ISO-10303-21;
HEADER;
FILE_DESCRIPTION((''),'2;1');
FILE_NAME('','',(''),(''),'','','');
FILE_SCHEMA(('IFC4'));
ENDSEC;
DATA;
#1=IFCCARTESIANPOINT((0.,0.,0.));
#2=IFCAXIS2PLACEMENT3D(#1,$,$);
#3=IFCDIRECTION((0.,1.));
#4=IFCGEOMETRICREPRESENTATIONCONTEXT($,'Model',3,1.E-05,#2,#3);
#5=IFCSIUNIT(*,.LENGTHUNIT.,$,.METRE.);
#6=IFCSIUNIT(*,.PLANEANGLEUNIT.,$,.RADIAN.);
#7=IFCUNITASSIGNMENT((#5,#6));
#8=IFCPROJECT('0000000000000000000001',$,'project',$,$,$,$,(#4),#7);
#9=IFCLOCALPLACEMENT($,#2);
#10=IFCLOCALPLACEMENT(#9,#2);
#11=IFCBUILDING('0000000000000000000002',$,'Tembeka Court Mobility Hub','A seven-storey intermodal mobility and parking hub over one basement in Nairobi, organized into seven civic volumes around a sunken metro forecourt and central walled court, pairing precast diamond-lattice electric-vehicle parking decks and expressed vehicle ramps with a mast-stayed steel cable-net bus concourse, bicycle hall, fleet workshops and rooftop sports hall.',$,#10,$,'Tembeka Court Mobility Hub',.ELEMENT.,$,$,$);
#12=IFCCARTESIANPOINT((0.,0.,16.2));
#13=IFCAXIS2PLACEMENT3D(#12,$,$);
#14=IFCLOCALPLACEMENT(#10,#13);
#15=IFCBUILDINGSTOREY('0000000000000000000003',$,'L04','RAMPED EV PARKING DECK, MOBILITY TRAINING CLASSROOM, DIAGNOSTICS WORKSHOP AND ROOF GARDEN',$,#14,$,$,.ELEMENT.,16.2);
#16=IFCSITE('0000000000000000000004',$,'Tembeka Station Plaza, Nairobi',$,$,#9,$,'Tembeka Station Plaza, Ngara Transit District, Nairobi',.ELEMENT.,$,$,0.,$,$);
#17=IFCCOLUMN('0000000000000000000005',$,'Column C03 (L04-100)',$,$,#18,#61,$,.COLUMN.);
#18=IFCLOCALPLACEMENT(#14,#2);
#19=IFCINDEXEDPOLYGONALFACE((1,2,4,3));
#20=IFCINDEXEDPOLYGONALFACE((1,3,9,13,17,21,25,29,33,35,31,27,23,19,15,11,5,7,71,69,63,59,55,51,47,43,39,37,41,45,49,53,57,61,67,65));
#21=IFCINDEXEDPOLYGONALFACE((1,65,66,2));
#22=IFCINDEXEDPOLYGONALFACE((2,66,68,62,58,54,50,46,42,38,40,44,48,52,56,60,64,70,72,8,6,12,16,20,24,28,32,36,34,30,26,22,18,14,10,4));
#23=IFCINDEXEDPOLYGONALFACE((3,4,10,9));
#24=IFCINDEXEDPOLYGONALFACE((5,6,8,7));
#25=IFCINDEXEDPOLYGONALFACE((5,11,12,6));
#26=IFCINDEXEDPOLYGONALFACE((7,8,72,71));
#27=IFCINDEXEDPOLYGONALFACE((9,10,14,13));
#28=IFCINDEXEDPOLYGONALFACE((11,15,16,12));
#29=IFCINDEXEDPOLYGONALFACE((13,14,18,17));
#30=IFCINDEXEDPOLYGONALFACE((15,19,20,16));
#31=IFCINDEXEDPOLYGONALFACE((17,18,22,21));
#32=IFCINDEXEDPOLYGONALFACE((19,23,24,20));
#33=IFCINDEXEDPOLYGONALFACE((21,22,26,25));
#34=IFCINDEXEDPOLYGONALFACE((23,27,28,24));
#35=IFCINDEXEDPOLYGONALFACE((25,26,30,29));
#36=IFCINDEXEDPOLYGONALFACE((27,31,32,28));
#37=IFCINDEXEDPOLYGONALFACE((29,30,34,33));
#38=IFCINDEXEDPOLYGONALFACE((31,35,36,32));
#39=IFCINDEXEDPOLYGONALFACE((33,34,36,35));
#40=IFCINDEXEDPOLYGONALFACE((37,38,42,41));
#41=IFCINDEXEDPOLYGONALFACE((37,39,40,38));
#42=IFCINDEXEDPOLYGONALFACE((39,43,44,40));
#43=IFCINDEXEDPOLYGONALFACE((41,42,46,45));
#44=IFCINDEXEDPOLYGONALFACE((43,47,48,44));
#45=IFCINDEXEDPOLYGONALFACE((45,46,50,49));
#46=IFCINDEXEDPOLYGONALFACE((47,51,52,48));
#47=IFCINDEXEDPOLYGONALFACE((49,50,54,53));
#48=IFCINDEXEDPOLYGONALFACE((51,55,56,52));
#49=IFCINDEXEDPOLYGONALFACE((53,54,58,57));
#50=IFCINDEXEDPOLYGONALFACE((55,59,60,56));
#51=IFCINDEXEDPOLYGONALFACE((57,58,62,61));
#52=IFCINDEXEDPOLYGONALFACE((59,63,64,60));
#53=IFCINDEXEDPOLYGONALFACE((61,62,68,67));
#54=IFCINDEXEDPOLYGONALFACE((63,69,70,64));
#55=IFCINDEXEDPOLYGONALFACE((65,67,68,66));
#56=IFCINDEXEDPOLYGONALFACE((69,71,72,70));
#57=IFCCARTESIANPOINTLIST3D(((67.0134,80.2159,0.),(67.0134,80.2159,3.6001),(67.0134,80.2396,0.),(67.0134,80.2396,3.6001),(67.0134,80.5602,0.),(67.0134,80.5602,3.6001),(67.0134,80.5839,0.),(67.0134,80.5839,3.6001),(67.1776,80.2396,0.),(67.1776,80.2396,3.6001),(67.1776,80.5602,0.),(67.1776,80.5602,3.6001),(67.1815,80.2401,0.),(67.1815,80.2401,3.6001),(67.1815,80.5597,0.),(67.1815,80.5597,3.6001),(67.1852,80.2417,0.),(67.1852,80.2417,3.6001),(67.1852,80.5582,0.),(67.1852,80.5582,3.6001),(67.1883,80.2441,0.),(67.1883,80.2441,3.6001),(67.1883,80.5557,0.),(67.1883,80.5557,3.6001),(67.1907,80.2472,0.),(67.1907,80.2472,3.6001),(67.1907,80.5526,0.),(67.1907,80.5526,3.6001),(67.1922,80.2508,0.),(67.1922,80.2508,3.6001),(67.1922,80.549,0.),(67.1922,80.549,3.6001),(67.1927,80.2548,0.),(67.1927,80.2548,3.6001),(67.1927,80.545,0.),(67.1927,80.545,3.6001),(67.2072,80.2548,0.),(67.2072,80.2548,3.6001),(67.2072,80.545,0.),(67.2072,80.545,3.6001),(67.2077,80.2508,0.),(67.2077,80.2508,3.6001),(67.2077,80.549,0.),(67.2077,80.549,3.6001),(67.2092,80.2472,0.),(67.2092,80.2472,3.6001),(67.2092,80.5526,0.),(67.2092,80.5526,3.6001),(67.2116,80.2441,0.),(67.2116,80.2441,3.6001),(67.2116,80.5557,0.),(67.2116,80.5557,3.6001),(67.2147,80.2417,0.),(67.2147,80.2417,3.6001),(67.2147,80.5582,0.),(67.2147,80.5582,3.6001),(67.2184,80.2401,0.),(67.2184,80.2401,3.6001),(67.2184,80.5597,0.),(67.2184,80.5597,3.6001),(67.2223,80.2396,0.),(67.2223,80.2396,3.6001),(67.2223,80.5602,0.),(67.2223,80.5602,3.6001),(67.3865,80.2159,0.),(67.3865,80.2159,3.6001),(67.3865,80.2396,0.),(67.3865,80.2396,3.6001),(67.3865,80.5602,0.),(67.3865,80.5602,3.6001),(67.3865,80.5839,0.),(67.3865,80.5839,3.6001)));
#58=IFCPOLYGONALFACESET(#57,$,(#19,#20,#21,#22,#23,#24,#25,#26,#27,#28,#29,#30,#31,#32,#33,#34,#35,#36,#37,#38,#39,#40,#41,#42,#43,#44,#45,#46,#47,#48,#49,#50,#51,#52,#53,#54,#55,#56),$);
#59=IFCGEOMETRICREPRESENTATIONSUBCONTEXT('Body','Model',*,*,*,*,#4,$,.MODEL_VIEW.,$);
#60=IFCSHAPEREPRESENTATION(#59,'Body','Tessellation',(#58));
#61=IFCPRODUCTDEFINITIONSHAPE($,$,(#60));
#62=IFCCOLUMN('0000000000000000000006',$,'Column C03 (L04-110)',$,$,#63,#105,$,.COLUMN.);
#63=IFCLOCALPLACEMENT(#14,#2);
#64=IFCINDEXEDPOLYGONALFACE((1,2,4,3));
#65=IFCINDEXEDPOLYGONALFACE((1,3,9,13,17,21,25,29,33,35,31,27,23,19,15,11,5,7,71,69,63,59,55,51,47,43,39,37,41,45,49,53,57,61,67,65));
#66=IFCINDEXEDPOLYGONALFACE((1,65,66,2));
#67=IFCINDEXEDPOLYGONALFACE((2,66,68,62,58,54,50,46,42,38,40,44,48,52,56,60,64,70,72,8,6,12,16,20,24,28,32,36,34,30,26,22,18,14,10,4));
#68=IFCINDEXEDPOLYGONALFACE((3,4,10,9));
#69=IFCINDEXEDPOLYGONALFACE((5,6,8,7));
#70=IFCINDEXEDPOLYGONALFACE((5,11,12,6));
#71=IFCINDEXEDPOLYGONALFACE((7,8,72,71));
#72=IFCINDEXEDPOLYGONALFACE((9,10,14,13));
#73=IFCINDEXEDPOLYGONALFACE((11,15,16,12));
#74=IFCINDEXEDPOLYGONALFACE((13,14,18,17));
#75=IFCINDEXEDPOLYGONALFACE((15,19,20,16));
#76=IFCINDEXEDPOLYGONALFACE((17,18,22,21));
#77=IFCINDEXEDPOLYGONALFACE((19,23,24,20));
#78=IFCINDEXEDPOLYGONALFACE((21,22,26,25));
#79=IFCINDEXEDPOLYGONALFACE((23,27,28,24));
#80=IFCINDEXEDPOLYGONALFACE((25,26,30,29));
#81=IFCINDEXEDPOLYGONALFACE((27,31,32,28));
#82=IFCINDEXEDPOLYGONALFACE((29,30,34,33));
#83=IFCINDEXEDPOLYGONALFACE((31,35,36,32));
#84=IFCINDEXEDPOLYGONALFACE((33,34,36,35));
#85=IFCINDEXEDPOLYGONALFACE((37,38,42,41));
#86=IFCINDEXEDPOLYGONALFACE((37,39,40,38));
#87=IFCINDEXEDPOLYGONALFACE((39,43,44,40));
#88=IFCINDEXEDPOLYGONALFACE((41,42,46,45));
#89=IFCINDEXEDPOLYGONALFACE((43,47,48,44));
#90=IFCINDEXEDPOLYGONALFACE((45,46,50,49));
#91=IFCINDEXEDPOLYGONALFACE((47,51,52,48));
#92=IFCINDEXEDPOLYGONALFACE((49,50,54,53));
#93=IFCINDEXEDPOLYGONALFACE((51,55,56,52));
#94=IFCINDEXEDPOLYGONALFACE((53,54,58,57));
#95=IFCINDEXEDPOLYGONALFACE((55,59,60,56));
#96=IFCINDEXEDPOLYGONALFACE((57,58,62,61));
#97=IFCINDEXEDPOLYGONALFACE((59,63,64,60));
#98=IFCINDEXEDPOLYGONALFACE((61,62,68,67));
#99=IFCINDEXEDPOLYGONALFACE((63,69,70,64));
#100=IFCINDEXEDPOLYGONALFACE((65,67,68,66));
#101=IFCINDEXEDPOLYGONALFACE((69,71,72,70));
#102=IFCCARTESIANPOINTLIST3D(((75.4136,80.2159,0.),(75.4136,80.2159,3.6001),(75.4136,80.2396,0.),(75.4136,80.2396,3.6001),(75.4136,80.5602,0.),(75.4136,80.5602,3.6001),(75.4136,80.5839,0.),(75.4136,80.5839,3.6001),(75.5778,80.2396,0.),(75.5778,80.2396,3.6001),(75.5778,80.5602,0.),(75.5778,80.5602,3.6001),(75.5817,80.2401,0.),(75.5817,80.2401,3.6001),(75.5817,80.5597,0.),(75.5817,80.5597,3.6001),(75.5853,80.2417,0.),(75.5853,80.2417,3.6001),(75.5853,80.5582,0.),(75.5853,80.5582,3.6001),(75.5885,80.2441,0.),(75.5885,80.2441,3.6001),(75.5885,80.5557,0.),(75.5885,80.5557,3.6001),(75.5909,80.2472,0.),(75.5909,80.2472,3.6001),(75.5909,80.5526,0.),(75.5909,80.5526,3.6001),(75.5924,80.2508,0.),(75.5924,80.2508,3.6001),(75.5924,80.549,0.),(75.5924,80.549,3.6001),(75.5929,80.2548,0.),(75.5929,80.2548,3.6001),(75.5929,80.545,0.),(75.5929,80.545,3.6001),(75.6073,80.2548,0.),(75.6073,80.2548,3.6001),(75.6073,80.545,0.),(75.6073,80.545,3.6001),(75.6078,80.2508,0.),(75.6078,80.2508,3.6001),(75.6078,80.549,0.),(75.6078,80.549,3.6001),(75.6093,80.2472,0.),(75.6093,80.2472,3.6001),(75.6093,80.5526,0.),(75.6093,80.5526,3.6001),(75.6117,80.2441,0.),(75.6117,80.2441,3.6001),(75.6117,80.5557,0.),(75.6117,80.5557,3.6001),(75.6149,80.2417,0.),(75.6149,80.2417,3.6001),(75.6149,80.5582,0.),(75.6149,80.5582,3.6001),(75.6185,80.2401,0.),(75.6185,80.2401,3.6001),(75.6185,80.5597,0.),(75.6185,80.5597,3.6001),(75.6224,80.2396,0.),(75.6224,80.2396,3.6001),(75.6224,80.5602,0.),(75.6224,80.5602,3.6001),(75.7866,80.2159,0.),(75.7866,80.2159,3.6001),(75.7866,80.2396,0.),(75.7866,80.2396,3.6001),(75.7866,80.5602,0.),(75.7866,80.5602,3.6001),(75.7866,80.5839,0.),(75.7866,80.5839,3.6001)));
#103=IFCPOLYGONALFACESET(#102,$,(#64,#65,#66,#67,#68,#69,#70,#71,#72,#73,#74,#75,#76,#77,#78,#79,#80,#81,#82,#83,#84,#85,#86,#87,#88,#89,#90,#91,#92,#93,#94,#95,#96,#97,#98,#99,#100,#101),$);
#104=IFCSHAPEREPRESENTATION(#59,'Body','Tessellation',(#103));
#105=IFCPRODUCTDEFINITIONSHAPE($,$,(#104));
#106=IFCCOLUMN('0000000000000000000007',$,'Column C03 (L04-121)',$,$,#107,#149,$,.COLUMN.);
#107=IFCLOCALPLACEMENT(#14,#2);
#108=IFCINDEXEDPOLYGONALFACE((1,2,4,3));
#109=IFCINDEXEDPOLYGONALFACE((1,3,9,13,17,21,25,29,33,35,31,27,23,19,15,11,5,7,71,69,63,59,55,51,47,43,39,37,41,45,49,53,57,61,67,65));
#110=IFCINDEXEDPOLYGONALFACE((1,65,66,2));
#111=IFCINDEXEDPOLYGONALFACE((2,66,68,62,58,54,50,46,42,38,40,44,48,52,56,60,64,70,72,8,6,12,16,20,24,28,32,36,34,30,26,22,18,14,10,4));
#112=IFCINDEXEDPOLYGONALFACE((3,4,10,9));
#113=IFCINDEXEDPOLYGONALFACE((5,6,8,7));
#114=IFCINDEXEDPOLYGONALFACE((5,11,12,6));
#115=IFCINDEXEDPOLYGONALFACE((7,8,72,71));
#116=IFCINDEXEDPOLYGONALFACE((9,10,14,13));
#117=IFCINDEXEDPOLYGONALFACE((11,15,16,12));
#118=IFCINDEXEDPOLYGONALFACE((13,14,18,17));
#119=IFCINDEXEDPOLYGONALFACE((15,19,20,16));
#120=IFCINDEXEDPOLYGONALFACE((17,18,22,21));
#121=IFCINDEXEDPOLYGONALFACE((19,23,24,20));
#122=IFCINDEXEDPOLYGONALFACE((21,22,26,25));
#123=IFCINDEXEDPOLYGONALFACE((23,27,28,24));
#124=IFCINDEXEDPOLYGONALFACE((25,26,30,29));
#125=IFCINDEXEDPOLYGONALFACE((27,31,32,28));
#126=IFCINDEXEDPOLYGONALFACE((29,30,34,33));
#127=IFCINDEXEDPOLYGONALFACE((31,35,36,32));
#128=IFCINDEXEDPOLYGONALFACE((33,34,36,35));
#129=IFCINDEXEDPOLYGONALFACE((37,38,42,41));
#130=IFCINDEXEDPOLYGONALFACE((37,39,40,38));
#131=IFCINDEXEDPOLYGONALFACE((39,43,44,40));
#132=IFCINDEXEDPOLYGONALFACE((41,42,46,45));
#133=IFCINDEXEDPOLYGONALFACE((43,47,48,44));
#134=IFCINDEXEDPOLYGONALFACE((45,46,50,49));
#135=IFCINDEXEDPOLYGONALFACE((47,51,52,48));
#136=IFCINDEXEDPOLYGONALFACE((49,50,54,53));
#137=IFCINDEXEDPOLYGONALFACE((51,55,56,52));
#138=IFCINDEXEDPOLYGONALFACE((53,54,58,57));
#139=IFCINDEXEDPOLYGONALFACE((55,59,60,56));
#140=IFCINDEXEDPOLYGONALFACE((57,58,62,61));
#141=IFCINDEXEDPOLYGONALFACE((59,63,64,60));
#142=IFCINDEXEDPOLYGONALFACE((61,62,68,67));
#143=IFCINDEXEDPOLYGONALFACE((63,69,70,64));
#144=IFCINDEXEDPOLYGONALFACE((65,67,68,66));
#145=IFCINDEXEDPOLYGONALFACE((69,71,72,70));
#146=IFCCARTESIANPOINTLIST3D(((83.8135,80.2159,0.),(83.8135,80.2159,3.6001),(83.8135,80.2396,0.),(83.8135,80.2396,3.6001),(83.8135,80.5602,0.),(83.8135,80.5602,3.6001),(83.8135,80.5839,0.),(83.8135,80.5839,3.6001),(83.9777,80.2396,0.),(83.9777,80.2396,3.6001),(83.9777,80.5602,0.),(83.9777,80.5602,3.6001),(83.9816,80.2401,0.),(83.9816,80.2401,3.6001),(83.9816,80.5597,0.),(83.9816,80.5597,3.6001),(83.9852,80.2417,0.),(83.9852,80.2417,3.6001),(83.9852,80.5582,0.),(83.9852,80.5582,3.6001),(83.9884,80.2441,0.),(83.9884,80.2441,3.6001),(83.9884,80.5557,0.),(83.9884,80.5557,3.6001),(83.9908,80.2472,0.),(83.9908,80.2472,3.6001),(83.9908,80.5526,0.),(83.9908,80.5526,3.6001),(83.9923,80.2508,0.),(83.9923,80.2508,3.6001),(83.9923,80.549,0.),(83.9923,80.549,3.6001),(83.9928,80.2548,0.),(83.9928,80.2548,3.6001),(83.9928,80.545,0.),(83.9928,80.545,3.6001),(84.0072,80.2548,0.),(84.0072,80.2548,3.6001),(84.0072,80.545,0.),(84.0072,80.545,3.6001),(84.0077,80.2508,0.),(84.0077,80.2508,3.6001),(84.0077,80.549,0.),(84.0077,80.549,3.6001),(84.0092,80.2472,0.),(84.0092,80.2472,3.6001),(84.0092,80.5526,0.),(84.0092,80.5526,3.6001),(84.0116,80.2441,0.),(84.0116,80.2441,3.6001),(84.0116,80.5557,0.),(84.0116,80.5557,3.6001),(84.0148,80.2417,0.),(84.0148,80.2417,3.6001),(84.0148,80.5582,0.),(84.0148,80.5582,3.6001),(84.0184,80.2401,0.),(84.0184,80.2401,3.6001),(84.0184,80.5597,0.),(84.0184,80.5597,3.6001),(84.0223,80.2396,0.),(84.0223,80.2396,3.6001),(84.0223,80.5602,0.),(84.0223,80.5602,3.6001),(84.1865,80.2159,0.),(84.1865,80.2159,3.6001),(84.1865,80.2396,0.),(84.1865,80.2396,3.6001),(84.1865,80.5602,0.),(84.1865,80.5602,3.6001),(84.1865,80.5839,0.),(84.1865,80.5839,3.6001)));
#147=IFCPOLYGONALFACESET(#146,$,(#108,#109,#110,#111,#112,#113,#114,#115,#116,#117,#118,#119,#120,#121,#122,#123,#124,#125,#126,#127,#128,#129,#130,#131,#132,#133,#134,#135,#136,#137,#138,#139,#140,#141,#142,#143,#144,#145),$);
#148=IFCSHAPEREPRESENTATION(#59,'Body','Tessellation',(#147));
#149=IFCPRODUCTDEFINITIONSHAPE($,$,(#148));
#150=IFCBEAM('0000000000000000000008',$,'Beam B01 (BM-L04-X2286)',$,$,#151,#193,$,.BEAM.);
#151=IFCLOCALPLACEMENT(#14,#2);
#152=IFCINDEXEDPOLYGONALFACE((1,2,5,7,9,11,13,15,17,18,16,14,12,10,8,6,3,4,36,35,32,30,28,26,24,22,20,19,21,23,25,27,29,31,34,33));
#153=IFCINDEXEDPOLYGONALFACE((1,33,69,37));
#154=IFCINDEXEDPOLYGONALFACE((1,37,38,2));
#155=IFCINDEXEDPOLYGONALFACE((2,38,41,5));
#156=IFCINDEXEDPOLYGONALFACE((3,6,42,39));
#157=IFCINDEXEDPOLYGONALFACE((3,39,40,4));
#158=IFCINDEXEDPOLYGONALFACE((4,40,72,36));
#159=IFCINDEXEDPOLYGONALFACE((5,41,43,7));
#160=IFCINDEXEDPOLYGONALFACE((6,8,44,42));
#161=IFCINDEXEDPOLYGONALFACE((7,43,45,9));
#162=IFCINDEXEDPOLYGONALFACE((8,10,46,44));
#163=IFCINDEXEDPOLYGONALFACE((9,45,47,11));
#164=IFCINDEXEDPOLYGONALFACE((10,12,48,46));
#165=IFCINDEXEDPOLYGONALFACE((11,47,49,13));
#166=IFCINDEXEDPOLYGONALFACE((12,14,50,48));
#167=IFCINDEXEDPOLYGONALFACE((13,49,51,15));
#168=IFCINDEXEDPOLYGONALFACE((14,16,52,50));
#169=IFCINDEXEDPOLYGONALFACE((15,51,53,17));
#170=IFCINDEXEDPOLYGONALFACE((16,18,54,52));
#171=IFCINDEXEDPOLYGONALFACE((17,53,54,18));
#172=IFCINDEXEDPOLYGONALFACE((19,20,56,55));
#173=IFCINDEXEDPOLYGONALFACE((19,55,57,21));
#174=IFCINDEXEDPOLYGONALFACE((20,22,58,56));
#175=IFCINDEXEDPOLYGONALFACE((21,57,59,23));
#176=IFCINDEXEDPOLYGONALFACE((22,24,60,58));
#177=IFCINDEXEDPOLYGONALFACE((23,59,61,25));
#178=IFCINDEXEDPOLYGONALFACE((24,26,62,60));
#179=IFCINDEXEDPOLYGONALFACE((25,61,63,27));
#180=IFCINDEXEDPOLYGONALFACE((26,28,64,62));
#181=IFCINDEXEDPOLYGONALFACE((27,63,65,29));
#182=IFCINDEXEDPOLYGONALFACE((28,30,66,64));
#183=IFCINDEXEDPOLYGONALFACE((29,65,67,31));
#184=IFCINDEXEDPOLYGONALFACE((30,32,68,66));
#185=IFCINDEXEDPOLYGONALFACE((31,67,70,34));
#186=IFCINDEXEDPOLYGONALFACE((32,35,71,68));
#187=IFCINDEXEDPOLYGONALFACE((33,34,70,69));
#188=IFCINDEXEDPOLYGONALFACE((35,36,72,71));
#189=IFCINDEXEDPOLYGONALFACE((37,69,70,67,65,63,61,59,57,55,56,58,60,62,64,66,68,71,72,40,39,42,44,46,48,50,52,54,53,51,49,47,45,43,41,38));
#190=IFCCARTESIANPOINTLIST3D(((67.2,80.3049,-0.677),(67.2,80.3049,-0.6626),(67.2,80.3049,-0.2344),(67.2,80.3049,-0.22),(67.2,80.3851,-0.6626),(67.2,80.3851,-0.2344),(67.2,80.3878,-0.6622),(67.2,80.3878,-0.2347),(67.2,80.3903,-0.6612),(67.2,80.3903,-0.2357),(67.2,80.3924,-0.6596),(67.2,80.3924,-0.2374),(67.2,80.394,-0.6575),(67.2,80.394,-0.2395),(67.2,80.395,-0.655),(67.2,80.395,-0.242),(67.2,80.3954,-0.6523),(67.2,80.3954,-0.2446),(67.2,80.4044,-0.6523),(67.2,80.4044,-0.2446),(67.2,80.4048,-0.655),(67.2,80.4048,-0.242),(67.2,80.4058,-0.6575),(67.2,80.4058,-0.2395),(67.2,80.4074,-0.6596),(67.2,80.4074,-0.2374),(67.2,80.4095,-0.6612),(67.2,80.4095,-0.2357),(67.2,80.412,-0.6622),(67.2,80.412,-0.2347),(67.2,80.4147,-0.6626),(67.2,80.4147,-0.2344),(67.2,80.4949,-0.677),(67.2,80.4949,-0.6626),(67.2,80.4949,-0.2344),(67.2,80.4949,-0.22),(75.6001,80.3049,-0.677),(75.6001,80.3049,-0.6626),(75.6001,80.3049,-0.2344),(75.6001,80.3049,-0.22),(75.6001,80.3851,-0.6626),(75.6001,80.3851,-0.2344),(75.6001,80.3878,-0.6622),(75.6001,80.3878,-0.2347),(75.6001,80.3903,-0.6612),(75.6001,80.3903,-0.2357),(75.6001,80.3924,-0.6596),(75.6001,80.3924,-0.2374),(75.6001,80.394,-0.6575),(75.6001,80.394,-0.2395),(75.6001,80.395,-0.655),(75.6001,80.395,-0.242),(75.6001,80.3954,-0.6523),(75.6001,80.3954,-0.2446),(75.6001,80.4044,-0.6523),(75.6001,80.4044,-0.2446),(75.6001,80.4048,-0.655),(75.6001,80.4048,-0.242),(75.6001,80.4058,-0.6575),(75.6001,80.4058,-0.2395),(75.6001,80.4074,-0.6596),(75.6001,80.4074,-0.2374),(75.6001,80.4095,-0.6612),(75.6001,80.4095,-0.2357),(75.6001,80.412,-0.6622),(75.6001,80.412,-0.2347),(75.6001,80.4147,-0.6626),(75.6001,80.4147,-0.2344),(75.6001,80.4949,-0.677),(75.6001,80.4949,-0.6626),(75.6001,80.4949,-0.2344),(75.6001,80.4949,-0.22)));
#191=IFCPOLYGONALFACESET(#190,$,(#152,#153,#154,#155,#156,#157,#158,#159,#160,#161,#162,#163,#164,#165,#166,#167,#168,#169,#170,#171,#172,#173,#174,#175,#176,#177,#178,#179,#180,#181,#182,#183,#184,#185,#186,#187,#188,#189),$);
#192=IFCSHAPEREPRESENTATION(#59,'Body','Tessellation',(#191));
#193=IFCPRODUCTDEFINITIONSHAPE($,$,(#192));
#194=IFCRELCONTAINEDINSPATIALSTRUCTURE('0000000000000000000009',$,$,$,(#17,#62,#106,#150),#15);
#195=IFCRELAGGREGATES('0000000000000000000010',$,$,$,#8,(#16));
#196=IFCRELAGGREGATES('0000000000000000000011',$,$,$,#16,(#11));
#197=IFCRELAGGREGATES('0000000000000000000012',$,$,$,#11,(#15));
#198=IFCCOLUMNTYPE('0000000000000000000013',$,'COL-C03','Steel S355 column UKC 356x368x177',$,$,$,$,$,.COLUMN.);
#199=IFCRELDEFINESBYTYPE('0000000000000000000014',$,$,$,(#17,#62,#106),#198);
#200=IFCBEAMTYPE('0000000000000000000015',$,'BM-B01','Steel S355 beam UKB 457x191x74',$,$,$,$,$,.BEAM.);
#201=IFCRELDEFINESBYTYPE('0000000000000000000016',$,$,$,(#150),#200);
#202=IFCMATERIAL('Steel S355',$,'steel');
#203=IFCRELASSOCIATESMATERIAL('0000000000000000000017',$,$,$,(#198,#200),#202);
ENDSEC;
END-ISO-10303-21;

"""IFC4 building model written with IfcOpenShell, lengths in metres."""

from ifc_helpers import new_model, si_unit, direction, frame, origin, origin_2d, place, context, subcontext, project, spatial, i_section, extrude, material, material_profile, profile_set, type_object, element, save


model = new_model("IFC4")

# Units and contexts
model_context = context("Model", 3, precision=1e-05, world=origin(), true_north=direction((0.0, 1.0)))
body_context = subcontext(model_context, "Body", "Model", "MODEL_VIEW")
ifc_project = project(units=[si_unit("LENGTHUNIT", "METRE"), si_unit("PLANEANGLEUNIT", "RADIAN")], contexts=[model_context])

# Site, building, storey
site_placement = place(None, origin())
site = spatial("IfcSite", under=ifc_project, at=site_placement, Name="Tembeka Station Plaza, Nairobi", LongName="Tembeka Station Plaza, Ngara Transit District, Nairobi", CompositionType="ELEMENT", RefElevation=0.0)
building_placement = place(site_placement, origin())
building = spatial("IfcBuilding", under=site, at=building_placement, Name="Tembeka Court Mobility Hub", Description="A seven-storey intermodal mobility and parking hub over one basement in Nairobi, organized into seven civic volumes around a sunken metro forecourt and central walled court, pairing precast diamond-lattice electric-vehicle parking decks and expressed vehicle ramps with a mast-stayed steel cable-net bus concourse, bicycle hall, fleet workshops and rooftop sports hall.", LongName="Tembeka Court Mobility Hub", CompositionType="ELEMENT")
storey_placement = place(building_placement, frame((0.0, 0.0, 16.2)))
storey = spatial("IfcBuildingStorey", under=building, at=storey_placement, Name="L04", Description="RAMPED EV PARKING DECK, MOBILITY TRAINING CLASSROOM, DIAGNOSTICS WORKSHOP AND ROOF GARDEN", CompositionType="ELEMENT", Elevation=16.2)

# Columns
ifc_material_1 = material(Name="Steel S355", Category="steel")
ifc_material_profile_1 = material_profile(ifc_material_1, i_section(OverallWidth=0.373, OverallDepth=0.3679, WebThickness=0.0144, FlangeThickness=0.0237, FilletRadius=0.0151, at=origin_2d()), Name="UKC 356x368x177")
ifc_profile_set_1 = profile_set([ifc_material_profile_1], Name="Steel S355")
column_type = type_object("IfcColumnType", Name="COL-C03", Description="Steel S355 column UKC 356x368x177", PredefinedType="COLUMN", material=ifc_profile_set_1)
for number, where, z_axis, x_axis, name in (
    (1, (67.2, 80.3999, 0.0), (0.0, 0.0, 1.0), (1.0, 0.0, 0.0), "Column C03 (L04-100)"),
    (2, (75.6001, 80.3999, 0.0), (0.0, 0.0, 1.0), (1.0, 0.0, 0.0), "Column C03 (L04-110)"),
    (3, (84.0, 80.3999, 0.0), (0.0, 0.0, 1.0), (1.0, 0.0, 0.0), "Column C03 (L04-121)"),
):
    element("IfcColumn", number, at=place(storey_placement, frame(where, z_axis=z_axis, x_axis=x_axis)), inside=storey, type_object=column_type, Name=name, PredefinedType="COLUMN", context=body_context, shape_type="SweptSolid", body=[
        extrude(i_section(OverallWidth=0.373, OverallDepth=0.3679, WebThickness=0.0144, FlangeThickness=0.0237, FilletRadius=0.0151, at=origin_2d()), origin(), (0.0, 0.0, 1.0), 3.6001),
    ])

# Beam
ifc_material_profile_2 = material_profile(ifc_material_1, i_section(OverallWidth=0.1899, OverallDepth=0.457, WebThickness=0.009, FlangeThickness=0.0144, FilletRadius=0.0103, at=origin_2d()), Name="UKB 457x191x74")
ifc_profile_set_2 = profile_set([ifc_material_profile_2], Name="Steel S355")
beam_type_1 = type_object("IfcBeamType", Name="BM-B01", Description="Steel S355 beam UKB 457x191x74", PredefinedType="BEAM", material=ifc_profile_set_2)
beam_1_placement = place(storey_placement, frame((67.2, 80.3999, -0.4485), z_axis=(1.0, 0.0, 0.0), x_axis=(0.0, 1.0, 0.0)))
element("IfcBeam", 4, at=beam_1_placement, inside=storey, type_object=beam_type_1, Name="Beam B01 (BM-L04-X2286)", PredefinedType="BEAM", context=body_context, shape_type="SweptSolid", body=[
    extrude(i_section(OverallWidth=0.1899, OverallDepth=0.457, WebThickness=0.009, FlangeThickness=0.0144, FilletRadius=0.0103, at=origin_2d()), origin(), (0.0, 0.0, 1.0), 8.4001),
])

save(model, "model.ifc")
